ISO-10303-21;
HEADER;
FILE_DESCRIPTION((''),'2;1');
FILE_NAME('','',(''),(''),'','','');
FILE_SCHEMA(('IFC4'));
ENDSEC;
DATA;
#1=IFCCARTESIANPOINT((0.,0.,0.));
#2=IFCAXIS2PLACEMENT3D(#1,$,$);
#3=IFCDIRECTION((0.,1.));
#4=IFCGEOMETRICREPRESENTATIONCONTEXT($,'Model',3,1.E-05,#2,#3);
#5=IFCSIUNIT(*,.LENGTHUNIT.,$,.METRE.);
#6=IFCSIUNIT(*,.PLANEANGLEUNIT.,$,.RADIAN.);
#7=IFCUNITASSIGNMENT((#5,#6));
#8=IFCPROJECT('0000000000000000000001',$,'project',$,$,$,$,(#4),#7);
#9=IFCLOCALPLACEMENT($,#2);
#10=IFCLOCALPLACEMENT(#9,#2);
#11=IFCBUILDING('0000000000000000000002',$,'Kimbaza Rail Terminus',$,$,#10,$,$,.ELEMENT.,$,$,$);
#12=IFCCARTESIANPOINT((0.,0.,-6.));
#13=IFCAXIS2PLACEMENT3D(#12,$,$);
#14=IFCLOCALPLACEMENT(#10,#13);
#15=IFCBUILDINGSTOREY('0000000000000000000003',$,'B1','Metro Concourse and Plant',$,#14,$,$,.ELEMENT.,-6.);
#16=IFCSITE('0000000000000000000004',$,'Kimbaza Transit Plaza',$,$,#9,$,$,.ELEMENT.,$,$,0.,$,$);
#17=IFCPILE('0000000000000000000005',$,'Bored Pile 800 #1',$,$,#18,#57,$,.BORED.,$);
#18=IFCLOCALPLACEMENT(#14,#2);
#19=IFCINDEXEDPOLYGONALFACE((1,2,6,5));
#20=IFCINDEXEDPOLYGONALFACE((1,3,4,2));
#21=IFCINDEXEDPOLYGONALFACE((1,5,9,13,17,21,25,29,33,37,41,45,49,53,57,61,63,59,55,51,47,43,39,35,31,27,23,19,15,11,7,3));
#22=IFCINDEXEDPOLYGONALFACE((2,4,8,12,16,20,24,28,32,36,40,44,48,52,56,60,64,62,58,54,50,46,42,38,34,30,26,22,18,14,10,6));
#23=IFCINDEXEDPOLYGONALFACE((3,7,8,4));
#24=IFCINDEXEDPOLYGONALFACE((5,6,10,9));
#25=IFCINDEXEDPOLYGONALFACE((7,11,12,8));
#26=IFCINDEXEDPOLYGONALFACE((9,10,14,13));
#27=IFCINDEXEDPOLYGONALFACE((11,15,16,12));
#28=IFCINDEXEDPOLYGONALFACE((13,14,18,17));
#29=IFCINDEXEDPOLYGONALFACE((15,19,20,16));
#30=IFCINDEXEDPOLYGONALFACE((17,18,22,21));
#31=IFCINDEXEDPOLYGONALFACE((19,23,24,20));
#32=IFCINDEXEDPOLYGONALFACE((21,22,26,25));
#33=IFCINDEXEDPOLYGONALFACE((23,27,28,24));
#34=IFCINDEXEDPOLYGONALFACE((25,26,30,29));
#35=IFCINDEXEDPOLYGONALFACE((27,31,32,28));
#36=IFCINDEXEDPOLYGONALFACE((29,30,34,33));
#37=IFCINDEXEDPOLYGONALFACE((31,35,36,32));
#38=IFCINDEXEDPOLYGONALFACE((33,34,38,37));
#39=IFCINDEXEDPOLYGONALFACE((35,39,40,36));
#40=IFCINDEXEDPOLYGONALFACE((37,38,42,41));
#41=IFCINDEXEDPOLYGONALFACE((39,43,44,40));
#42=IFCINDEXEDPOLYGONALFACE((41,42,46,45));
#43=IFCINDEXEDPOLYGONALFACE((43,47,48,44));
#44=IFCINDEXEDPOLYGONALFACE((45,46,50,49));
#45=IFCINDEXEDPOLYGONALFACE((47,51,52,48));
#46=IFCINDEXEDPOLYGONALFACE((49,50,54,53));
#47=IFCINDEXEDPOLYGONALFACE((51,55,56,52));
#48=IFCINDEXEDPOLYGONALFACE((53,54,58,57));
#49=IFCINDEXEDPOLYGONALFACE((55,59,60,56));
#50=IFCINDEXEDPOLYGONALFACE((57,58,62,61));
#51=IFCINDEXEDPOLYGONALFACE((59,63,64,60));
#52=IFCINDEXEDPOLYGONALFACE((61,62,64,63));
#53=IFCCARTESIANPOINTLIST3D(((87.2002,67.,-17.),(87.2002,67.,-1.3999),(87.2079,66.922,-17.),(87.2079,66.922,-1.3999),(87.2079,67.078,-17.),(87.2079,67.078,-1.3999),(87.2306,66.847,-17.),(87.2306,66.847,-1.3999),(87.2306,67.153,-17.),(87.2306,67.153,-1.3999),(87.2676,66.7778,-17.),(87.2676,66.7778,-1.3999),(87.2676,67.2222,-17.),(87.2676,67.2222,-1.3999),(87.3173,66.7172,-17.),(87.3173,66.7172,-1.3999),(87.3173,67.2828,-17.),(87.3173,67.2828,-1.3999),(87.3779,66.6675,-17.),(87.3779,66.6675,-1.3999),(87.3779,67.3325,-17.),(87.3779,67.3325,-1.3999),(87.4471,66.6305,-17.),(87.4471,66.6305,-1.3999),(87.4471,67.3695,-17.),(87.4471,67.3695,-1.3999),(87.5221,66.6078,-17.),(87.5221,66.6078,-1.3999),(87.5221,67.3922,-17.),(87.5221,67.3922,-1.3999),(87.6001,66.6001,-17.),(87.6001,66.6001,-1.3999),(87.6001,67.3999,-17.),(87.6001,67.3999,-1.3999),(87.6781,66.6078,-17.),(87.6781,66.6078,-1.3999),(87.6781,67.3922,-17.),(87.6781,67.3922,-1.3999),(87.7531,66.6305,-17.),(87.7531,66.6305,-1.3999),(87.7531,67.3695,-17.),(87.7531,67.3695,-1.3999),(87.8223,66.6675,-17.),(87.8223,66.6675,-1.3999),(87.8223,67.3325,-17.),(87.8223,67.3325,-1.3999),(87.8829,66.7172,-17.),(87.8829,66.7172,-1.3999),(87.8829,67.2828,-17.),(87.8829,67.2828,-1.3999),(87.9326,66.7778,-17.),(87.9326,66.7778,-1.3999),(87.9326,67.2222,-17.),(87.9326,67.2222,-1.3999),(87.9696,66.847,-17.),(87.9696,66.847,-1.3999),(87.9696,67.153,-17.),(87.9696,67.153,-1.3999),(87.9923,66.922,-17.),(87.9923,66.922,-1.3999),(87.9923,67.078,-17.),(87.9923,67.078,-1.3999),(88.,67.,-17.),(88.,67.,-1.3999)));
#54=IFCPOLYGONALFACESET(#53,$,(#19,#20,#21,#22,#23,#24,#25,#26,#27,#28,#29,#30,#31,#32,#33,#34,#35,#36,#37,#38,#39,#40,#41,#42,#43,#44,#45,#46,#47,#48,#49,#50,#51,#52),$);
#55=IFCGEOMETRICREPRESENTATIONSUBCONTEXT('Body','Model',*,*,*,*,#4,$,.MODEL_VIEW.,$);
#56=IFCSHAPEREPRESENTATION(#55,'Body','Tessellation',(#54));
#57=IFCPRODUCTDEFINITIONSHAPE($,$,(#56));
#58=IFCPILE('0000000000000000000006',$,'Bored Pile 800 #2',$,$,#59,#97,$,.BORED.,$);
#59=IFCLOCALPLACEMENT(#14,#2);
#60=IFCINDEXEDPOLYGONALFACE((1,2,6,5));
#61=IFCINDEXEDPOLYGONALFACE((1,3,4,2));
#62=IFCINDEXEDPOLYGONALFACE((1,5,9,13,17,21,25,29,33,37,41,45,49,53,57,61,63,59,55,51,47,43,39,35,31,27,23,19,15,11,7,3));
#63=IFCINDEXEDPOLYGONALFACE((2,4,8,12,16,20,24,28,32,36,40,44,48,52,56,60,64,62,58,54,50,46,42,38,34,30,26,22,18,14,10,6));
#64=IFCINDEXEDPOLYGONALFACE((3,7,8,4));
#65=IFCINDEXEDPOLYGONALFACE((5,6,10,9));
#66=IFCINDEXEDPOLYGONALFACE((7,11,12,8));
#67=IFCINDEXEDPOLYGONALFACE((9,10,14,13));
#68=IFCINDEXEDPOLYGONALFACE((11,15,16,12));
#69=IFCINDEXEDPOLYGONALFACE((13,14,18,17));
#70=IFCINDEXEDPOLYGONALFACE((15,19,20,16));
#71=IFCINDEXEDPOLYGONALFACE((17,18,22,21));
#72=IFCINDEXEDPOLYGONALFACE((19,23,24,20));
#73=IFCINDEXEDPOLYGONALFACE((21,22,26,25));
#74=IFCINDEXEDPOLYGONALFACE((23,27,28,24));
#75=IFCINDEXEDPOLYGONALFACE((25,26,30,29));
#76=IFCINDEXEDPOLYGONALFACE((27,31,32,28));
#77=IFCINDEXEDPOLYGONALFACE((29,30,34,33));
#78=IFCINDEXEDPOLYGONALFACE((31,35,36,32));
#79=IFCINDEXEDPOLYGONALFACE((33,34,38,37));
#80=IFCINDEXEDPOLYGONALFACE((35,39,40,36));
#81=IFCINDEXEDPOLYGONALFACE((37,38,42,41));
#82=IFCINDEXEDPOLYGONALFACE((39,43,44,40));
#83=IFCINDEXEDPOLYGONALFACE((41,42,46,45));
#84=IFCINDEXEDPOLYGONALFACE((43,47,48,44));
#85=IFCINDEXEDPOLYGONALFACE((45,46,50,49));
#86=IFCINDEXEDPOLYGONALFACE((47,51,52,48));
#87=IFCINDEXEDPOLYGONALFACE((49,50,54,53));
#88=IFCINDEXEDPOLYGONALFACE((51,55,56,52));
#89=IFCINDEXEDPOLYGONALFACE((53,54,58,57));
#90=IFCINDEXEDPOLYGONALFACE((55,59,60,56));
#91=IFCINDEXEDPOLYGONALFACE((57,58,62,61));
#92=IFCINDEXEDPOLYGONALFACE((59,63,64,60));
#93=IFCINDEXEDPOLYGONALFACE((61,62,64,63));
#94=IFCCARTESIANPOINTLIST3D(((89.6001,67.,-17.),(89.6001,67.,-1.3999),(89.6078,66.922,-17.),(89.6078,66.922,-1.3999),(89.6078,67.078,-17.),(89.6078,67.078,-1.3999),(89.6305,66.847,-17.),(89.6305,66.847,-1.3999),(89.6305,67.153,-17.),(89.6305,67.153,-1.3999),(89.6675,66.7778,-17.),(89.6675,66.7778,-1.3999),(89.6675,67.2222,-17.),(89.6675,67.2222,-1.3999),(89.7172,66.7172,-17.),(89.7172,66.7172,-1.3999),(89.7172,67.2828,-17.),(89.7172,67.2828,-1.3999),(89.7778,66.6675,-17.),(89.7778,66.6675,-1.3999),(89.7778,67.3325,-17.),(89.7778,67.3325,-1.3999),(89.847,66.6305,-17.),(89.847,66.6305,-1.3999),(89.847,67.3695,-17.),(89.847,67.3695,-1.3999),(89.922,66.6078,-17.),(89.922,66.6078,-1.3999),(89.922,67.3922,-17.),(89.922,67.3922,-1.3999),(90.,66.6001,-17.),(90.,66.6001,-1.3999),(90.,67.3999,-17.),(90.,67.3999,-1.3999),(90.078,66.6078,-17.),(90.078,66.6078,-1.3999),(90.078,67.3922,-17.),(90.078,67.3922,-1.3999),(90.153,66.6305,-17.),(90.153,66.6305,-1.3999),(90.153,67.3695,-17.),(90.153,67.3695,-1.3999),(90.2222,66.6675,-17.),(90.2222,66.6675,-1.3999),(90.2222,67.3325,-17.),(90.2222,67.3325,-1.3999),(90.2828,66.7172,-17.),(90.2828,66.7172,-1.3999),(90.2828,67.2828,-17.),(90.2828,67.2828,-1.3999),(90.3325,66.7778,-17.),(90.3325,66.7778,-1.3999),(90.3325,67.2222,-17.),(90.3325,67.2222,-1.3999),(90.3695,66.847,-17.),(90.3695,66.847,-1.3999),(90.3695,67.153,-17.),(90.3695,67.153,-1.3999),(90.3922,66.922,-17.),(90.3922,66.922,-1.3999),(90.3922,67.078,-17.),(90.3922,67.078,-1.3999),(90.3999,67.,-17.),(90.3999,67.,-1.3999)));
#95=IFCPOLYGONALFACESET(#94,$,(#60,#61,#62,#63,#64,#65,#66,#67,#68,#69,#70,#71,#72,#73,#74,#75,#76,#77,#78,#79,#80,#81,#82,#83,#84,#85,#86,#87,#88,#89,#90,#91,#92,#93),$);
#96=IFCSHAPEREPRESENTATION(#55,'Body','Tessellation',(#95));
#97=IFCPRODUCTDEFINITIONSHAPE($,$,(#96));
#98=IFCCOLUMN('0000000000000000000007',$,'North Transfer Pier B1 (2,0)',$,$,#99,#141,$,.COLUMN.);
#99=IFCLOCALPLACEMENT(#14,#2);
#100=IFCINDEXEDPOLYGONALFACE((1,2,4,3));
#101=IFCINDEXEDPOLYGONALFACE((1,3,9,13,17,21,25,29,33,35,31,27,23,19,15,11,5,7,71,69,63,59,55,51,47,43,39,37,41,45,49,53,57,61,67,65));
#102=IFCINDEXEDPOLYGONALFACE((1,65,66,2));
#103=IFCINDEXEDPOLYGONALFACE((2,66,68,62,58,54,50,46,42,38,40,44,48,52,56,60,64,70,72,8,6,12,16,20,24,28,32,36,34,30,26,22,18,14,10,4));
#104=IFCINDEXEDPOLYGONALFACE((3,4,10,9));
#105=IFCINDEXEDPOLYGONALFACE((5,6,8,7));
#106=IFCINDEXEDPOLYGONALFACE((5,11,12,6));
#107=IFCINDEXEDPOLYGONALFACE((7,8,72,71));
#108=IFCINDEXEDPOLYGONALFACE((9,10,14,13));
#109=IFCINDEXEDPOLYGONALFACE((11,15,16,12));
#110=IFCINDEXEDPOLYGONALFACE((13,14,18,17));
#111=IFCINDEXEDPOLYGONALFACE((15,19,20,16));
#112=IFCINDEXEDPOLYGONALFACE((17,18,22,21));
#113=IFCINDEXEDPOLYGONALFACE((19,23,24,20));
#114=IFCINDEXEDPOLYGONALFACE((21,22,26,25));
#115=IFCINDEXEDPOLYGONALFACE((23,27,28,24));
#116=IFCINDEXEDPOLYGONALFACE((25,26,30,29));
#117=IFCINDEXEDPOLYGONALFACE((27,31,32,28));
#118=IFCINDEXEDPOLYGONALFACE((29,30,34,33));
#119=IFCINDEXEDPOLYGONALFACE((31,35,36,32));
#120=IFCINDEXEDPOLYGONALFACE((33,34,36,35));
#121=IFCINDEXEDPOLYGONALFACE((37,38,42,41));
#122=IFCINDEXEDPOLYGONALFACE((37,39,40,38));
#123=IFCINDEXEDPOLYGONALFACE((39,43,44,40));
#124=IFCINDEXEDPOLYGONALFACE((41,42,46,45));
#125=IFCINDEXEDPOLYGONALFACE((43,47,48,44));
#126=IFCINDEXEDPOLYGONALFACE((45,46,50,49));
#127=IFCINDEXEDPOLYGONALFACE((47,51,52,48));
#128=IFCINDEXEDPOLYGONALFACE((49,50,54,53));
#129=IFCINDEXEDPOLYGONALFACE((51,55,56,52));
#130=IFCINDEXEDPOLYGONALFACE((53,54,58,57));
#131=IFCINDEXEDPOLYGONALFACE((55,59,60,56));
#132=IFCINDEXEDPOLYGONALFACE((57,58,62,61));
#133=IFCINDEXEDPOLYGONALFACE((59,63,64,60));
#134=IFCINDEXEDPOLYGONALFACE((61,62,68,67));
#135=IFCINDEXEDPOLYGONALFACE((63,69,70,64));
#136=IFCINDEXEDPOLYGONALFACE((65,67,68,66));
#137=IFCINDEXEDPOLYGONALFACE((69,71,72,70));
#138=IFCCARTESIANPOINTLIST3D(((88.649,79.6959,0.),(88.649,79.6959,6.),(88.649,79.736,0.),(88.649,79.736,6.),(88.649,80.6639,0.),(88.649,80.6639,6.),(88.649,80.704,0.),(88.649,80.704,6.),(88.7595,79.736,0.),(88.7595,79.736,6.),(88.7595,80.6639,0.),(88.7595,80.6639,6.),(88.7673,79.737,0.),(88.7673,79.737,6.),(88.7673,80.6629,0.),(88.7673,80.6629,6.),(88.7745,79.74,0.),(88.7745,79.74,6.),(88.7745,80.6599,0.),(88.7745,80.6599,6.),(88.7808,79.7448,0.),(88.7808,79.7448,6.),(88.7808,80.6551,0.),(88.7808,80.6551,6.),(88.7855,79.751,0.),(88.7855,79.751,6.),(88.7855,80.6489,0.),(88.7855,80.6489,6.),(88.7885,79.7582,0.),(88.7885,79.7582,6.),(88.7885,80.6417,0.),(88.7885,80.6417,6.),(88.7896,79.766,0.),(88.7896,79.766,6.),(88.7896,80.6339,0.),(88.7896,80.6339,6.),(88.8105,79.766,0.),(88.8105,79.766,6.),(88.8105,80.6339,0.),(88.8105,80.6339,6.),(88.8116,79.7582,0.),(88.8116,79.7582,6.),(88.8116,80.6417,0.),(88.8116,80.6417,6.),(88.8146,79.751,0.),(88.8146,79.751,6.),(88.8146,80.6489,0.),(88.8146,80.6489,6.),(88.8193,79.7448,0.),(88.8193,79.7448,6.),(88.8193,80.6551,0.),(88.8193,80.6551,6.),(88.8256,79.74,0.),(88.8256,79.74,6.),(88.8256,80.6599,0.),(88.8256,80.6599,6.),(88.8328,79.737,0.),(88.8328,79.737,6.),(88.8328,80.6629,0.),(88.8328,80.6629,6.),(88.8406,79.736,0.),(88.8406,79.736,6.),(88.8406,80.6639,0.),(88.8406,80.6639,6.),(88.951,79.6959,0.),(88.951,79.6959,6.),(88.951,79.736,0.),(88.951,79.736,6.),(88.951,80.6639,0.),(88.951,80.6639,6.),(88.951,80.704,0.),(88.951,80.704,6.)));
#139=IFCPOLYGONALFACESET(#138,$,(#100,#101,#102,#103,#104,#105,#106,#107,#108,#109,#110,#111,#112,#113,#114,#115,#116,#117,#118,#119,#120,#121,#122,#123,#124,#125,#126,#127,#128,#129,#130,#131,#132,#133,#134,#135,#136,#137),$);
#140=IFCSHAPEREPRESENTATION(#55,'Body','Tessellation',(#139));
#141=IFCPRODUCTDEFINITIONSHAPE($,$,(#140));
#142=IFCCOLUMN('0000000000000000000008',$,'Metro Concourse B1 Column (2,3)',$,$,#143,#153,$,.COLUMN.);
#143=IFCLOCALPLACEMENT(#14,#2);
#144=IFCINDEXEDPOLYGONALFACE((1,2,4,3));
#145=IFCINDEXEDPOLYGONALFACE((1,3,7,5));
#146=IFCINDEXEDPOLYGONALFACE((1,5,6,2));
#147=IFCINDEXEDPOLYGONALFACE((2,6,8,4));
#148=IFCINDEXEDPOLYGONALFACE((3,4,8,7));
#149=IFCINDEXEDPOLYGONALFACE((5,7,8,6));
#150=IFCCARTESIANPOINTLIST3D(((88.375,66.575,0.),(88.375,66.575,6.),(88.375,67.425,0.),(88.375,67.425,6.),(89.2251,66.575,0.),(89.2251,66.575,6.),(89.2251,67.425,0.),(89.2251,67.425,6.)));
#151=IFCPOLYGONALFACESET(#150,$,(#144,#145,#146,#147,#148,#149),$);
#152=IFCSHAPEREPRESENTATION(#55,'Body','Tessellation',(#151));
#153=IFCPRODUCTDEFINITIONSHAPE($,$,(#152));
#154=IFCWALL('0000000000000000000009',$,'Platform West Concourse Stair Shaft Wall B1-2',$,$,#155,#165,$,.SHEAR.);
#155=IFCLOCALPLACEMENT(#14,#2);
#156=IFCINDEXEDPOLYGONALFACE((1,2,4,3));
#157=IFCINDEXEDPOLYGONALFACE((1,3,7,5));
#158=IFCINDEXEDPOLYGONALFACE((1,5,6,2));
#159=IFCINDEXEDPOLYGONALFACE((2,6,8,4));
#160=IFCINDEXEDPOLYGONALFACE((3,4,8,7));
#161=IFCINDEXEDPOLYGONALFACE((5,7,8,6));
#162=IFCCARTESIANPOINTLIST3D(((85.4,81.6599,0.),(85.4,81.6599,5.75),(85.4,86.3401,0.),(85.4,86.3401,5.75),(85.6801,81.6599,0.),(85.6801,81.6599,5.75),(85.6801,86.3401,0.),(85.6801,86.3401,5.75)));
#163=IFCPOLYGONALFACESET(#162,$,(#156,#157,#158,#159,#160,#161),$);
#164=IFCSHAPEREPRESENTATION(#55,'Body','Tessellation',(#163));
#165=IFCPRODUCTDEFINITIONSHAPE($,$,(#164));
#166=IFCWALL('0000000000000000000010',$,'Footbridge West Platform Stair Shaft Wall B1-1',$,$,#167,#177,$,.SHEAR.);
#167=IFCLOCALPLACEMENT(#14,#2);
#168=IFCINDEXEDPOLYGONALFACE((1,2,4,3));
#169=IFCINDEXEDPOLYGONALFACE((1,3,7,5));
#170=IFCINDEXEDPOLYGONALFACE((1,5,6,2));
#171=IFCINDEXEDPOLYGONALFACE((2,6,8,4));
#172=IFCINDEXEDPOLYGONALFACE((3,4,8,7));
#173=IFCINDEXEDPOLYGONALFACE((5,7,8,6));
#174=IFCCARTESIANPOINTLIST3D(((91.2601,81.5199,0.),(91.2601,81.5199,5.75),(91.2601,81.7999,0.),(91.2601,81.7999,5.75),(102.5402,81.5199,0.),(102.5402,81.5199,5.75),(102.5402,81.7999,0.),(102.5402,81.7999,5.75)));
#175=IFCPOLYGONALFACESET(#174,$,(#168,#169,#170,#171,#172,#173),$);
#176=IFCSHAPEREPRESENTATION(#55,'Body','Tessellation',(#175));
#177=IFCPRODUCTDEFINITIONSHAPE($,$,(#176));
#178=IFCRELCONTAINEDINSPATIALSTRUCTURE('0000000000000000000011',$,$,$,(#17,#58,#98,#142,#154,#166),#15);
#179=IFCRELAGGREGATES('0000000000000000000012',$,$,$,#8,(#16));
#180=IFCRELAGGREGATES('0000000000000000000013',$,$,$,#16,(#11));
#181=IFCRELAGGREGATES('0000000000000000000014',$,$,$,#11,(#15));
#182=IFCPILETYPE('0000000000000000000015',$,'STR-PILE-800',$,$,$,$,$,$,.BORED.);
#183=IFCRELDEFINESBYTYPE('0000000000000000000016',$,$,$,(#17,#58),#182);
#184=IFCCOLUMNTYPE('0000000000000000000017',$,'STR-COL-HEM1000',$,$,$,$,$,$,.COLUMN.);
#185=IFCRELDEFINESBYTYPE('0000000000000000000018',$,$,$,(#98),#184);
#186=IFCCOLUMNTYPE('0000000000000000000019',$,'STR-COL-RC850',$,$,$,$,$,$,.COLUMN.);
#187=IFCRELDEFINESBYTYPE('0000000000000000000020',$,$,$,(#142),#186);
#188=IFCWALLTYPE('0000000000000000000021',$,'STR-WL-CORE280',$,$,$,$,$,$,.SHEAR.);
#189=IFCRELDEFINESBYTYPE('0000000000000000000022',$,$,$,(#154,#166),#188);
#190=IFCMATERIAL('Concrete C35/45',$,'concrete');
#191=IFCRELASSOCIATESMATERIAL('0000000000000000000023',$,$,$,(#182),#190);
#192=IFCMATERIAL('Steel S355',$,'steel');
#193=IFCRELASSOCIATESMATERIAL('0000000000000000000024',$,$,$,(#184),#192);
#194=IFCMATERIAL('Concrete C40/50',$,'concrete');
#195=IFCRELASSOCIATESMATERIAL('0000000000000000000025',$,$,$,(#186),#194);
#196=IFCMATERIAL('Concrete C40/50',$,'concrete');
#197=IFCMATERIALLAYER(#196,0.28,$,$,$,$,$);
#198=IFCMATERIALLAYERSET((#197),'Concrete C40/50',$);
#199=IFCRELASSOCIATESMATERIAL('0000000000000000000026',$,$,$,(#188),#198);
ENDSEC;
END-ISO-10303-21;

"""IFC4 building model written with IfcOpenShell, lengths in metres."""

from ifc_helpers import new_model, si_unit, direction, frame, frame_2d, origin, origin_2d, place, context, subcontext, project, spatial, rectangle, circle, i_section, extrude, material, layer, layer_set, material_profile, profile_set, type_object, element, save


model = new_model("IFC4")

# Units and contexts
model_context = context("Model", 3, precision=1e-05, world=origin(), true_north=direction((0.0, 1.0)))
body_context = subcontext(model_context, "Body", "Model", "MODEL_VIEW")
ifc_project = project(units=[si_unit("LENGTHUNIT", "METRE"), si_unit("PLANEANGLEUNIT", "RADIAN")], contexts=[model_context])

# Site, building, storey
site_placement = place(None, origin())
site = spatial("IfcSite", under=ifc_project, at=site_placement, Name="Kimbaza Transit Plaza", CompositionType="ELEMENT", RefElevation=0.0)
building_placement = place(site_placement, origin())
building = spatial("IfcBuilding", under=site, at=building_placement, Name="Kimbaza Rail Terminus", CompositionType="ELEMENT")
storey_placement = place(building_placement, frame((0.0, 0.0, -6.0)))
storey = spatial("IfcBuildingStorey", under=building, at=storey_placement, Name="B1", Description="Metro Concourse and Plant", CompositionType="ELEMENT", Elevation=-6.0)

# Piles
ifc_material_1 = material(Name="Concrete C35/45", Category="concrete")
ifc_material_profile_1 = material_profile(ifc_material_1, circle(Radius=0.3999, at=origin_2d()), Name="BORED PILE 800")
ifc_profile_set_1 = profile_set([ifc_material_profile_1], Name="Concrete C35/45")
pile_type_1 = type_object("IfcPileType", Name="STR-PILE-800", PredefinedType="BORED", material=ifc_profile_set_1)
for number, where, z_axis, x_axis, name in (
    (1, (87.6001, 67.0, -1.3999), (0.0, 0.0, -1.0), (1.0, 0.0, 0.0), "Bored Pile 800 #1"),
    (2, (90.0, 67.0, -1.3999), (0.0, 0.0, -1.0), (1.0, 0.0, 0.0), "Bored Pile 800 #2"),
):
    element("IfcPile", number, at=place(storey_placement, frame(where, z_axis=z_axis, x_axis=x_axis)), inside=storey, type_object=pile_type_1, Name=name, PredefinedType="BORED", context=body_context, shape_type="SweptSolid", body=[
        extrude(circle(Radius=0.3999, at=origin_2d()), origin(), (0.0, 0.0, 1.0), 15.6001),
    ])

# Columns
ifc_material_2 = material(Name="Steel S355", Category="steel")
ifc_material_profile_2 = material_profile(ifc_material_2, i_section(OverallWidth=0.302, OverallDepth=1.0081, WebThickness=0.021, FlangeThickness=0.04, FilletRadius=0.03, at=origin_2d()), Name="HEM 1000")
ifc_profile_set_2 = profile_set([ifc_material_profile_2], Name="Steel S355")
column_type_1 = type_object("IfcColumnType", Name="STR-COL-HEM1000", PredefinedType="COLUMN", material=ifc_profile_set_2)
column_1_placement = place(storey_placement, frame((88.8, 80.2, 0.0), z_axis=(0.0, 0.0, 1.0), x_axis=(1.0, 0.0, 0.0)))
element("IfcColumn", 3, at=column_1_placement, inside=storey, type_object=column_type_1, Name="North Transfer Pier B1 (2,0)", PredefinedType="COLUMN", context=body_context, shape_type="SweptSolid", body=[
    extrude(i_section(OverallWidth=0.302, OverallDepth=1.0081, WebThickness=0.021, FlangeThickness=0.04, FilletRadius=0.03, at=origin_2d()), origin(), (0.0, 0.0, 1.0), 6.0),
])
ifc_material_3 = material(Name="Concrete C40/50", Category="concrete")
ifc_material_profile_3 = material_profile(ifc_material_3, rectangle(XDim=0.8501, YDim=0.8501, at=origin_2d()), Name="RC 850x850")
ifc_profile_set_3 = profile_set([ifc_material_profile_3], Name="Concrete C40/50")
column_type_2 = type_object("IfcColumnType", Name="STR-COL-RC850", PredefinedType="COLUMN", material=ifc_profile_set_3)
column_2_placement = place(storey_placement, frame((88.8, 67.0, 0.0), z_axis=(0.0, 0.0, 1.0), x_axis=(1.0, 0.0, 0.0)))
element("IfcColumn", 4, at=column_2_placement, inside=storey, type_object=column_type_2, Name="Metro Concourse B1 Column (2,3)", PredefinedType="COLUMN", context=body_context, shape_type="SweptSolid", body=[
    extrude(rectangle(XDim=0.8501, YDim=0.8501, at=origin_2d()), origin(), (0.0, 0.0, 1.0), 6.0),
])

# Walls
ifc_material_4 = material(Name="Concrete C40/50", Category="concrete")
ifc_layer = layer(ifc_material_4, 0.28)
ifc_layer_set = layer_set([ifc_layer], Name="Concrete C40/50")
wall_type = type_object("IfcWallType", Name="STR-WL-CORE280", PredefinedType="SHEAR", material=ifc_layer_set)
wall_1_placement = place(storey_placement, frame((85.54, 81.6599, 0.0), z_axis=(0.0, 0.0, 1.0), x_axis=(0.0, 1.0, 0.0)))
element("IfcWall", 5, at=wall_1_placement, inside=storey, type_object=wall_type, Name="Platform West Concourse Stair Shaft Wall B1-2", PredefinedType="SHEAR", context=body_context, shape_type="SweptSolid", body=[
    extrude(rectangle(XDim=4.6802, YDim=0.28, at=frame_2d((2.3401, 0.0))), origin(), (0.0, 0.0, 1.0), 5.75),
])
wall_2_placement = place(storey_placement, frame((91.26, 81.6599, 0.0), z_axis=(0.0, 0.0, 1.0), x_axis=(1.0, 0.0, 0.0)))
element("IfcWall", 6, at=wall_2_placement, inside=storey, type_object=wall_type, Name="Footbridge West Platform Stair Shaft Wall B1-1", PredefinedType="SHEAR", context=body_context, shape_type="SweptSolid", body=[
    extrude(rectangle(XDim=11.28, YDim=0.28, at=frame_2d((5.6401, 0.0))), origin(), (0.0, 0.0, 1.0), 5.75),
])

save(model, "model.ifc")
